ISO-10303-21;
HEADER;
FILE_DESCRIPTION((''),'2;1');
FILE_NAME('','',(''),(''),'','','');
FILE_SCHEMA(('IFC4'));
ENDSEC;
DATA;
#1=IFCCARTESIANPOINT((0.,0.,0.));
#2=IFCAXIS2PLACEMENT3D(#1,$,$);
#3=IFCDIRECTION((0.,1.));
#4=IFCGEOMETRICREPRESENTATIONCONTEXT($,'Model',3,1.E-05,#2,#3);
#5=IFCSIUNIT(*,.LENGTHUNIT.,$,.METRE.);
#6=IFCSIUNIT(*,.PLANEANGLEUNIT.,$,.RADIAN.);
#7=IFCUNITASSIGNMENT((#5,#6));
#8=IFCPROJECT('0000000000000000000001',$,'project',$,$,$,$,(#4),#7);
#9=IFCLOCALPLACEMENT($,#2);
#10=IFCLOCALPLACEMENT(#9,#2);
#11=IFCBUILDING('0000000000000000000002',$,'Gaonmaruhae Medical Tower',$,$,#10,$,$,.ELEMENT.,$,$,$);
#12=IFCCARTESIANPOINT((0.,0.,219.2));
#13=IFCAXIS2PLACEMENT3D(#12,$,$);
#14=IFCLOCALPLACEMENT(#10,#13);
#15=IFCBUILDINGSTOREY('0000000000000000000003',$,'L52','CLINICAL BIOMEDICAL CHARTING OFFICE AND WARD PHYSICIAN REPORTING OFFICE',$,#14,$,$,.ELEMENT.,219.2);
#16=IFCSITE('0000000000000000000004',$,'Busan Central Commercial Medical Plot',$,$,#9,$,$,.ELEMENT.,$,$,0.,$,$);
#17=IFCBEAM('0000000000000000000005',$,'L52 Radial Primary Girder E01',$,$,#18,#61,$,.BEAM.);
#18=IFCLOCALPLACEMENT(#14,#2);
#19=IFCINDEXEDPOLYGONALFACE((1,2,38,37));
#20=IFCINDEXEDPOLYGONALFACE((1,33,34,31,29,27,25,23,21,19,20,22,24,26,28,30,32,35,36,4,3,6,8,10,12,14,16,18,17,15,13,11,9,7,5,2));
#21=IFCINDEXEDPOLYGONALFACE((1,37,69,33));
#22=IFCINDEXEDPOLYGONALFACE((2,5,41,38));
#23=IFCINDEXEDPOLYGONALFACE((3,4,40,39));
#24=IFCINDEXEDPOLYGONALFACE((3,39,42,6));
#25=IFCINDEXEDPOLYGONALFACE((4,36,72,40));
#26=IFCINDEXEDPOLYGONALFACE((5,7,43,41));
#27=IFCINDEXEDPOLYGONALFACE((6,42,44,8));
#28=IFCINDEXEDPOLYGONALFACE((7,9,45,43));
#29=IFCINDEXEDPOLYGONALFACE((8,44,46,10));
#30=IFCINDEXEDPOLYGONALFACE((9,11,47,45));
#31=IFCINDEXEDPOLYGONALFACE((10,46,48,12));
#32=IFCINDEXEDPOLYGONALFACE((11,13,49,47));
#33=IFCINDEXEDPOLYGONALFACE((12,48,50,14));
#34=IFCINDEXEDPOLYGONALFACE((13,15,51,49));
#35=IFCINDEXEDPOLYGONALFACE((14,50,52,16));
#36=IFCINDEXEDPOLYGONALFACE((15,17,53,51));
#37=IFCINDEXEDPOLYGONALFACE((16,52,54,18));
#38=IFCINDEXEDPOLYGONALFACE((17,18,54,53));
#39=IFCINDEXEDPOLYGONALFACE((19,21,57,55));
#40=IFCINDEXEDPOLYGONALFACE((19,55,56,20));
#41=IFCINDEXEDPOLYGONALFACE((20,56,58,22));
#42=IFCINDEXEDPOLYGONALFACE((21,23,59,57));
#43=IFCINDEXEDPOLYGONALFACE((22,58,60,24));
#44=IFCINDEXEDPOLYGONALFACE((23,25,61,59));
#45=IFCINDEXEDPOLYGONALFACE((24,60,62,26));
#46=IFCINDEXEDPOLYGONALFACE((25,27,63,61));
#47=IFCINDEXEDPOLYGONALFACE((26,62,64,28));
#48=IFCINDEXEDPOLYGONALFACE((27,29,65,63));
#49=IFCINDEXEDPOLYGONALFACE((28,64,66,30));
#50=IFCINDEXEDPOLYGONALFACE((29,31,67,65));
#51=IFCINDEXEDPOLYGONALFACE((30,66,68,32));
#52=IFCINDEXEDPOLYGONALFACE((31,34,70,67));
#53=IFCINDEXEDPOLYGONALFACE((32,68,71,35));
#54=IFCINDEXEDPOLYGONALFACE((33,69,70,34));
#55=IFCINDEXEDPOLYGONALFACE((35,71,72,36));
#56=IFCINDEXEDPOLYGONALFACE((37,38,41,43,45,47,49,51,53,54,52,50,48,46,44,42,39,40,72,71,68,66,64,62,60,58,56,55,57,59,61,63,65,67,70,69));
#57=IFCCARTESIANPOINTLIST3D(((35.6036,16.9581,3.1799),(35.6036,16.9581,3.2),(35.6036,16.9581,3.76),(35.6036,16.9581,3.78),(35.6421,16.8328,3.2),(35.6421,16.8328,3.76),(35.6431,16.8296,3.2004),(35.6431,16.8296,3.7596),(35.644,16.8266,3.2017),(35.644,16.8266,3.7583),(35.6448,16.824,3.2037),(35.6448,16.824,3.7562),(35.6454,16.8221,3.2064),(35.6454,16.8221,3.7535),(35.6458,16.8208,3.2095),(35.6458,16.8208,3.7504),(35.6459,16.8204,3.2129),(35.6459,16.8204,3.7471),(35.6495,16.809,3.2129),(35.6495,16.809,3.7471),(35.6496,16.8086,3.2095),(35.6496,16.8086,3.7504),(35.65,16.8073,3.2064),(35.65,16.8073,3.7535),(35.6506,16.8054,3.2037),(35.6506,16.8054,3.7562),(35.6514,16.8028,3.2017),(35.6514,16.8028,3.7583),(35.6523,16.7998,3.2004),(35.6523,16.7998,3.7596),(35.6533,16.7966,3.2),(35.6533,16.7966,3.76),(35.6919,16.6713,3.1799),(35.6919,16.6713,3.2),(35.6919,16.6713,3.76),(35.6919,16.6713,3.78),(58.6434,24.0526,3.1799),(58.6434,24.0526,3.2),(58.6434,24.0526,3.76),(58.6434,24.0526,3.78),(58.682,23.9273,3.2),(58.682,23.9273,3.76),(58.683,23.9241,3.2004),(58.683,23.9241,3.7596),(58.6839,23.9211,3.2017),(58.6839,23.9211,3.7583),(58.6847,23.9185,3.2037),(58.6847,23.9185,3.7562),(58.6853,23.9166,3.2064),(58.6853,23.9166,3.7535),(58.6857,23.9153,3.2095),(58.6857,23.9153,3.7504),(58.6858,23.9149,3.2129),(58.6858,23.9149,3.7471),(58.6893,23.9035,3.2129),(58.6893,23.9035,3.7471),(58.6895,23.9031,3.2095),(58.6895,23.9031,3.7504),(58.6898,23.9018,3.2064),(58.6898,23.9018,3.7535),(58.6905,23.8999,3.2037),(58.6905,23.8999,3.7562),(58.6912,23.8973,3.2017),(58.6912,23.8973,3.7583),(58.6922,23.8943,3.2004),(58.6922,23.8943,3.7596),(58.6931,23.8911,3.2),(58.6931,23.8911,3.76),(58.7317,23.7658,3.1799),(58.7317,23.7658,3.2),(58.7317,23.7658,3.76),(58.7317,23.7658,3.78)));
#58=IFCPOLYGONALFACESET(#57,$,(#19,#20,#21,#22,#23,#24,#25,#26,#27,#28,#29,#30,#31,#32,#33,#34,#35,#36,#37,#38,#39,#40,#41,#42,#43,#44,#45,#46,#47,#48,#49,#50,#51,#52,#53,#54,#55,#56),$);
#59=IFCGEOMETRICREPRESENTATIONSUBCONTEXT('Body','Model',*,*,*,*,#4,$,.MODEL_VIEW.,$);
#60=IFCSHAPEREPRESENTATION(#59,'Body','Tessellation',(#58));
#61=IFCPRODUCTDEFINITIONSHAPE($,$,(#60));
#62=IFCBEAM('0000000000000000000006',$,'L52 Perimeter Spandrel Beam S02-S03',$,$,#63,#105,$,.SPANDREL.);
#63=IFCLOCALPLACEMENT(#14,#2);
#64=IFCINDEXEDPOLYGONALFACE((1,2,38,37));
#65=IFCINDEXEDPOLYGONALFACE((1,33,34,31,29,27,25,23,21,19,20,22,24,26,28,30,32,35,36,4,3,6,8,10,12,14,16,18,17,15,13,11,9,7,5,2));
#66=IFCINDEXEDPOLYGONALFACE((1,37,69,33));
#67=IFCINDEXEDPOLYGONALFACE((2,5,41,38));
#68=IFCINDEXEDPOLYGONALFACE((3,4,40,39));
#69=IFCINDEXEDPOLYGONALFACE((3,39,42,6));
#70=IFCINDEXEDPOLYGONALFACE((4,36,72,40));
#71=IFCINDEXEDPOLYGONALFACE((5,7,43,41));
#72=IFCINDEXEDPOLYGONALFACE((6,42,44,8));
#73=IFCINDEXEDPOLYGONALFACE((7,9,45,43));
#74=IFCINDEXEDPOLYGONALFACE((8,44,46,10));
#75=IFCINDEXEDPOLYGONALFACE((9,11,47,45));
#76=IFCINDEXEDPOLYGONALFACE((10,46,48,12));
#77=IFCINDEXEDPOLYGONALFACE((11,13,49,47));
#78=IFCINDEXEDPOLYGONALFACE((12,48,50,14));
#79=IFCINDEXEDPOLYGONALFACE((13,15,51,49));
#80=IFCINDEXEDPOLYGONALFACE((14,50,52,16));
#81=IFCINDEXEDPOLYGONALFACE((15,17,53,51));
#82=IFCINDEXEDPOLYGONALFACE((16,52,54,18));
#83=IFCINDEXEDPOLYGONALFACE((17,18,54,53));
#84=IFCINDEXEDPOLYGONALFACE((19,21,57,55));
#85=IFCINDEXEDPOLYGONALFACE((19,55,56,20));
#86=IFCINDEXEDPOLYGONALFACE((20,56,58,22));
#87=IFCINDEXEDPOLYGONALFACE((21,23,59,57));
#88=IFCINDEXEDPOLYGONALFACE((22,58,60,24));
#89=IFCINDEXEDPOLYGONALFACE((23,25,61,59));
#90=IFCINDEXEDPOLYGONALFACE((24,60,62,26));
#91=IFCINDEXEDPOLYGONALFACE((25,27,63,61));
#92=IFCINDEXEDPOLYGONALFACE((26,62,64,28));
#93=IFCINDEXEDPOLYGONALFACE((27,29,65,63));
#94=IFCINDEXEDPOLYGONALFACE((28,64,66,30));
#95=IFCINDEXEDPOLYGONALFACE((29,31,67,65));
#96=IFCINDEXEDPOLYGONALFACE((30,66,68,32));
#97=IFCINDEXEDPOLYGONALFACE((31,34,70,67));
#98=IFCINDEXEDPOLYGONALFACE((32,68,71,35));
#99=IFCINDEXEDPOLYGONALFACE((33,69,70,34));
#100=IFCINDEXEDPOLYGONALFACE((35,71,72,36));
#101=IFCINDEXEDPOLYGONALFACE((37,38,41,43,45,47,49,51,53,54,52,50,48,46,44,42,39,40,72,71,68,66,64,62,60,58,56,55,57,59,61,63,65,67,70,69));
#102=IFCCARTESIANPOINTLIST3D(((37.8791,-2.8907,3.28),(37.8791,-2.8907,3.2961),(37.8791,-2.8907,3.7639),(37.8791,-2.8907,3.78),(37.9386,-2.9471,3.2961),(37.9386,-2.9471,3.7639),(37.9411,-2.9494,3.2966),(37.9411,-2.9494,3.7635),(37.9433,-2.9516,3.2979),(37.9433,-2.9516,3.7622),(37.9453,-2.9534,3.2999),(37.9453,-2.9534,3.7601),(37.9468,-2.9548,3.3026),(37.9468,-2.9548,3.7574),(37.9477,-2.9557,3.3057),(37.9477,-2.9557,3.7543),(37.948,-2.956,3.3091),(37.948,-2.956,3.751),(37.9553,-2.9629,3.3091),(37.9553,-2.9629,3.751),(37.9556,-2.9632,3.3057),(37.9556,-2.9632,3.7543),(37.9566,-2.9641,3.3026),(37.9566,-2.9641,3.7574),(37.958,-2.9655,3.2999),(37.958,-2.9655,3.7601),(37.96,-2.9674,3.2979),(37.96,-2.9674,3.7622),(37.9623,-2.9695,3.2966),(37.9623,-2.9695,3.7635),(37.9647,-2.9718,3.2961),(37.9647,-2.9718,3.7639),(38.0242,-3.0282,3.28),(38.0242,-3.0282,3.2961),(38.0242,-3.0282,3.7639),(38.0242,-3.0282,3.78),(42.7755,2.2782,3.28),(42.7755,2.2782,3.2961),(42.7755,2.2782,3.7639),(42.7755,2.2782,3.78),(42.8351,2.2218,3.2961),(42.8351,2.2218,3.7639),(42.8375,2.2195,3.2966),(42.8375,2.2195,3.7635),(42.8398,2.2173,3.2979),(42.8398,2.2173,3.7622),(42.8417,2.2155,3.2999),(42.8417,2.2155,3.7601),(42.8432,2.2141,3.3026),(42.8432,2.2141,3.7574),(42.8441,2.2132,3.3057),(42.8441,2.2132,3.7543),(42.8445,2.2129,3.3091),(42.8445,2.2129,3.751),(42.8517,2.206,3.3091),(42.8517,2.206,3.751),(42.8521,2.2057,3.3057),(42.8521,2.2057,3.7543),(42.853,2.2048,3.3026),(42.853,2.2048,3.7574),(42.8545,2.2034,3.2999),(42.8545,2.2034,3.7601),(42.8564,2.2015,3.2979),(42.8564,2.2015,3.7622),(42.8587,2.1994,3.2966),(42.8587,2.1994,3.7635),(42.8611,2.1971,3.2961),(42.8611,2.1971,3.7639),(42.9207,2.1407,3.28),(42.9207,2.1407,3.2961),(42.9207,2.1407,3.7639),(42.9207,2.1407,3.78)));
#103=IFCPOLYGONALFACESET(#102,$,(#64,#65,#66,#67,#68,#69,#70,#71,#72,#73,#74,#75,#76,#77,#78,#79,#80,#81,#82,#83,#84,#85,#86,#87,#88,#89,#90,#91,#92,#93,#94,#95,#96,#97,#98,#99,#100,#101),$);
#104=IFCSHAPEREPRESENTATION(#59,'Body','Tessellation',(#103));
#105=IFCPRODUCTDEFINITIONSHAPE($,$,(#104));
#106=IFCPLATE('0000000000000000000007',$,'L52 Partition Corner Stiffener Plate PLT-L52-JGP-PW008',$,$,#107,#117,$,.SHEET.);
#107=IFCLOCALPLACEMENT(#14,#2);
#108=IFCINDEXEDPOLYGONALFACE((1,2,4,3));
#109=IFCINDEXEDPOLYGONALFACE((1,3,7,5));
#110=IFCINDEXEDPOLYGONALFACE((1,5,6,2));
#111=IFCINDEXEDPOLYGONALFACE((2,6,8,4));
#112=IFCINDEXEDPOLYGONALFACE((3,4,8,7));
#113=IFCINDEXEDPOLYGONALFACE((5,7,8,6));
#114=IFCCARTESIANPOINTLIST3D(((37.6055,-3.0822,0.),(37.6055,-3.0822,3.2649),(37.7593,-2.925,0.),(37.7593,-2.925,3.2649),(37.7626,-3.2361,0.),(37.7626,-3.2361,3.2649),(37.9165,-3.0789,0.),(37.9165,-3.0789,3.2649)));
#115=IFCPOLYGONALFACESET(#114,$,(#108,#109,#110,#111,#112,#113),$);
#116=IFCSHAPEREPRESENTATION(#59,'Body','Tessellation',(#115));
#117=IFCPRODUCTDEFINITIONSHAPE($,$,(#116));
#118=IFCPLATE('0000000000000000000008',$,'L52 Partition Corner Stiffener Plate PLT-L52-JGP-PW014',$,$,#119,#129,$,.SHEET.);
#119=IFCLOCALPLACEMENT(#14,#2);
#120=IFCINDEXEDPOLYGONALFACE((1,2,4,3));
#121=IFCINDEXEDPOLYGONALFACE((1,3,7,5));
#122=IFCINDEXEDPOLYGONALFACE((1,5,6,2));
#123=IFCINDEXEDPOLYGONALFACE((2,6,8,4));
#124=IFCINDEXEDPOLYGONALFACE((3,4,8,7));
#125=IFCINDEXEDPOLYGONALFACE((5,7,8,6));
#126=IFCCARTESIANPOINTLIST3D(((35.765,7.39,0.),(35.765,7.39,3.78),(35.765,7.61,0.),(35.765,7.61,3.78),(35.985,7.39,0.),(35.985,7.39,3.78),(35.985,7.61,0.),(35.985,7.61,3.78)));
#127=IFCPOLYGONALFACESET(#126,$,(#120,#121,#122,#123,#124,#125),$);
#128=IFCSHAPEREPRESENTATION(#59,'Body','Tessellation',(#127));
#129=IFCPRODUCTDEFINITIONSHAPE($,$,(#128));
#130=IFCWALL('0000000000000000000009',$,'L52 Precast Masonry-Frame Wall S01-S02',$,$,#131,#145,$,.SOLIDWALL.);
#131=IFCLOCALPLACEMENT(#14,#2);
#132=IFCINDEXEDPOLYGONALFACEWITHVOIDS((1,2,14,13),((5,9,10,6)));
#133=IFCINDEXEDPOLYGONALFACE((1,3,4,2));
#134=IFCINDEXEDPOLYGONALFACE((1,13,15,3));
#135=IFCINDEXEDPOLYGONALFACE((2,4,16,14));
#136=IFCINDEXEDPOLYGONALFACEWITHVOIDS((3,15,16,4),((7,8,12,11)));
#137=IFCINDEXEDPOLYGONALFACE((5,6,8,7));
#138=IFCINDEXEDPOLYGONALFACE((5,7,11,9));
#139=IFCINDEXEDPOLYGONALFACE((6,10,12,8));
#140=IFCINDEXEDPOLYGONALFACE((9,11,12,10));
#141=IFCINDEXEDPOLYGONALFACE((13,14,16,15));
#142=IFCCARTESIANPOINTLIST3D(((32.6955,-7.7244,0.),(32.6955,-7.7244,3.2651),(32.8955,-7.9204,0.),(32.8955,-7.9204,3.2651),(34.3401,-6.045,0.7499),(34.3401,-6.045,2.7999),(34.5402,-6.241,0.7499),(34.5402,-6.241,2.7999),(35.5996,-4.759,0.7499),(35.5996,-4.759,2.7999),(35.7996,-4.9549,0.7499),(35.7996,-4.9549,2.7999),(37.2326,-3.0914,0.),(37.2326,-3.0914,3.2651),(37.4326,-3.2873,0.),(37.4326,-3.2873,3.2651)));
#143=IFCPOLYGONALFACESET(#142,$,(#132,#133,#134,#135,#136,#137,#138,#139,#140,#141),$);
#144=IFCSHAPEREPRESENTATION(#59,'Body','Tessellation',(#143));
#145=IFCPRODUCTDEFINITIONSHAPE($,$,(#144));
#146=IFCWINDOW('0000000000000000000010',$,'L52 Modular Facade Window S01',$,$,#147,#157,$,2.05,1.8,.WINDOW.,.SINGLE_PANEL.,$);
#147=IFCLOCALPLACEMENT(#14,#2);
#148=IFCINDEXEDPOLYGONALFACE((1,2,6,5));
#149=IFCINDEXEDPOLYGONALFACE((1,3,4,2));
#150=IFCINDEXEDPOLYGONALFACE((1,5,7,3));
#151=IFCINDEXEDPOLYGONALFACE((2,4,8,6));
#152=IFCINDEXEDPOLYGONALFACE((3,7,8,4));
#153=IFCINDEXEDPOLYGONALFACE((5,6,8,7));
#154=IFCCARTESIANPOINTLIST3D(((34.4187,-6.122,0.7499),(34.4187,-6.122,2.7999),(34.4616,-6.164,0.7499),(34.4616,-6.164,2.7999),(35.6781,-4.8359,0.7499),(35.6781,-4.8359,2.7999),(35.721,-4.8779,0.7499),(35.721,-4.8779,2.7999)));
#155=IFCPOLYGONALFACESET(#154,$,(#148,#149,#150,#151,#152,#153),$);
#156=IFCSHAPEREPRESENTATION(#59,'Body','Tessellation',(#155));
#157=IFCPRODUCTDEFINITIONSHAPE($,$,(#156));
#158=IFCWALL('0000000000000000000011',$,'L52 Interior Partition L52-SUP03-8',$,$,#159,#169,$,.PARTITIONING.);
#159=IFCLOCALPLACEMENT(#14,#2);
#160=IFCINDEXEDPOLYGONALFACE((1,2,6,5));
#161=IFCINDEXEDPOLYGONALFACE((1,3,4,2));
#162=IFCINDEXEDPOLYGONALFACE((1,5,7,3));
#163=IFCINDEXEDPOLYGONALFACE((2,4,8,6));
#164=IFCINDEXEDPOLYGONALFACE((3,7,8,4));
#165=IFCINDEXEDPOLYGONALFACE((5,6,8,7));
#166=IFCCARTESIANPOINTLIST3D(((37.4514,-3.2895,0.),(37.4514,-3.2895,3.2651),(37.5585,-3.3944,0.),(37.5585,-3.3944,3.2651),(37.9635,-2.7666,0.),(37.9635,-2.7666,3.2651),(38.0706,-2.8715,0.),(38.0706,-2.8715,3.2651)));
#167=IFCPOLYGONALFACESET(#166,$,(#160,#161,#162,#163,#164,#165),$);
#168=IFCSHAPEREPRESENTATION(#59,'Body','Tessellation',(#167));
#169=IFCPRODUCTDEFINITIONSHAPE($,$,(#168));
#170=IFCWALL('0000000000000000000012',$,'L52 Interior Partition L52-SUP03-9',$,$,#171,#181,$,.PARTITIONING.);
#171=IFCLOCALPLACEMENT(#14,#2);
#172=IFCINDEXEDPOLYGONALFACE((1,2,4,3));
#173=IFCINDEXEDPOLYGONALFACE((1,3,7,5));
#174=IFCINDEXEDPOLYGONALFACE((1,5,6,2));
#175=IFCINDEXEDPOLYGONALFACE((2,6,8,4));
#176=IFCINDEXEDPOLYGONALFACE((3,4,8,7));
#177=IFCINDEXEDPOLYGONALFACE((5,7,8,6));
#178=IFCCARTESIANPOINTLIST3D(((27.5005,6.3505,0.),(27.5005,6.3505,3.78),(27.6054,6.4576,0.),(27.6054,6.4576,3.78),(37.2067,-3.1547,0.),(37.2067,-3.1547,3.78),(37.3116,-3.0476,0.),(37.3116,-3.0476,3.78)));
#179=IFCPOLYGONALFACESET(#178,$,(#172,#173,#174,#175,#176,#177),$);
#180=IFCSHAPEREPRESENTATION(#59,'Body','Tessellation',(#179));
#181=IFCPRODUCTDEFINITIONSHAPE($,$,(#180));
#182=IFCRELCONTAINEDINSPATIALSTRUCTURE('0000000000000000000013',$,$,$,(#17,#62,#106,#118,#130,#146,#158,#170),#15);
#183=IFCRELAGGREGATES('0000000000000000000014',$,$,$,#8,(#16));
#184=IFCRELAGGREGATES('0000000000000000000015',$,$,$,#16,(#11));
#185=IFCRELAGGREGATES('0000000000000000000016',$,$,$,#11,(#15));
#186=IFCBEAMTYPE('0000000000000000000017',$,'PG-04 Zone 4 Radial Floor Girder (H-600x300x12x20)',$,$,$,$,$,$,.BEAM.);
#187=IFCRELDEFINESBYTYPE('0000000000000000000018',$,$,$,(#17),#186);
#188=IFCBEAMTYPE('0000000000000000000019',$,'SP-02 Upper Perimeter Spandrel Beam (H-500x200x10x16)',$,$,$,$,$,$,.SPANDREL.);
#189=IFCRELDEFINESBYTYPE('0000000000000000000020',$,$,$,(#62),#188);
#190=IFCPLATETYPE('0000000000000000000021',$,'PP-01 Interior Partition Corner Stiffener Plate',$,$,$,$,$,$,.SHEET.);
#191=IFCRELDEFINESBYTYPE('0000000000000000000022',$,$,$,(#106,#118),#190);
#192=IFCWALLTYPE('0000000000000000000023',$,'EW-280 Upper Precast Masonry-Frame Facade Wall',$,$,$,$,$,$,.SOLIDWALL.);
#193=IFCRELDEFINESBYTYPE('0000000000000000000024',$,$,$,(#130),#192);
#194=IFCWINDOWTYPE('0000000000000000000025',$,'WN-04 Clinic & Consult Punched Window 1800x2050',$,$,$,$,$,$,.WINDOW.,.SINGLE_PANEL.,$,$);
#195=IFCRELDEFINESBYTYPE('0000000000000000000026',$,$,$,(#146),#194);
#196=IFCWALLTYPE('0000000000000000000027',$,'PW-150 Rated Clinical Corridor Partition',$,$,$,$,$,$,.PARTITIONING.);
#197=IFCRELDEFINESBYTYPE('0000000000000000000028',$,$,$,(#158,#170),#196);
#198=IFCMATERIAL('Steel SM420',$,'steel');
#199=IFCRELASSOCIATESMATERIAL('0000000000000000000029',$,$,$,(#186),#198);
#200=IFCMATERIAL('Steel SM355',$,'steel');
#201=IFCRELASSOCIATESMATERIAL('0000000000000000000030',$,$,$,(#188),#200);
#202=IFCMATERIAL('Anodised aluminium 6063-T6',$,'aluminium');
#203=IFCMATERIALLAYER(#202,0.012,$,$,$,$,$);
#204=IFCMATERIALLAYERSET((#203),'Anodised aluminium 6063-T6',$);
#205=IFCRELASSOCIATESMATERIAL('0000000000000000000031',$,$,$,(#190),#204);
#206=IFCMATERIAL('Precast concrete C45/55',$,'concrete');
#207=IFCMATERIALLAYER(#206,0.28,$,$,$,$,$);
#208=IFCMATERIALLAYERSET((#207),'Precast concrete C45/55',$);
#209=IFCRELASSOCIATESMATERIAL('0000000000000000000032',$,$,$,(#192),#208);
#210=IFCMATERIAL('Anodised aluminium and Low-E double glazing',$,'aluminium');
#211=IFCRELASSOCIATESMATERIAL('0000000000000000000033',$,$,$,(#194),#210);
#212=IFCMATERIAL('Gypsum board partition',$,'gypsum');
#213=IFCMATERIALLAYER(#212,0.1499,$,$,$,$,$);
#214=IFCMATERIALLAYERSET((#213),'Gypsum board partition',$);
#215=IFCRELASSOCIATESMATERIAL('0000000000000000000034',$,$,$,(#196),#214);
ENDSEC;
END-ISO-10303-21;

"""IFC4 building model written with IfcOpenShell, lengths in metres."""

from ifc_helpers import new_model, si_unit, direction, frame, frame_2d, origin, origin_2d, place, context, subcontext, project, spatial, rectangle, i_section, extrude, material, layer, layer_set, material_profile, profile_set, type_object, element, fill, save


model = new_model("IFC4")

# Units and contexts
model_context = context("Model", 3, precision=1e-05, world=origin(), true_north=direction((0.0, 1.0)))
body_context = subcontext(model_context, "Body", "Model", "MODEL_VIEW")
ifc_project = project(units=[si_unit("LENGTHUNIT", "METRE"), si_unit("PLANEANGLEUNIT", "RADIAN")], contexts=[model_context])

# Site, building, storey
site_placement = place(None, origin())
site = spatial("IfcSite", under=ifc_project, at=site_placement, Name="Busan Central Commercial Medical Plot", CompositionType="ELEMENT", RefElevation=0.0)
building_placement = place(site_placement, origin())
building = spatial("IfcBuilding", under=site, at=building_placement, Name="Gaonmaruhae Medical Tower", CompositionType="ELEMENT")
storey_placement = place(building_placement, frame((0.0, 0.0, 219.2)))
storey = spatial("IfcBuildingStorey", under=building, at=storey_placement, Name="L52", Description="CLINICAL BIOMEDICAL CHARTING OFFICE AND WARD PHYSICIAN REPORTING OFFICE", CompositionType="ELEMENT", Elevation=219.2)

# Beams
ifc_material_1 = material(Name="Steel SM355", Category="steel")
ifc_material_2 = material(Name="Steel SM420", Category="steel")
ifc_material_profile_1 = material_profile(ifc_material_2, i_section(OverallWidth=0.3, OverallDepth=0.6001, WebThickness=0.012, FlangeThickness=0.02, FilletRadius=0.0129, at=origin_2d()), Name="H-600x300x12x20")
ifc_profile_set_1 = profile_set([ifc_material_profile_1], Name="Steel SM420")
beam_type_1 = type_object("IfcBeamType", Name="PG-04 Zone 4 Radial Floor Girder (H-600x300x12x20)", PredefinedType="BEAM", material=ifc_profile_set_1)
beam_1_placement = place(storey_placement, frame((35.6477, 16.8147, 3.48), z_axis=(0.955717, 0.294287, 0.0), x_axis=(-0.294287, 0.955717, 0.0)))
element("IfcBeam", 1, at=beam_1_placement, inside=storey, type_object=beam_type_1, Name="L52 Radial Primary Girder E01", PredefinedType="BEAM", context=body_context, shape_type="SweptSolid", body=[
    extrude(i_section(OverallWidth=0.3, OverallDepth=0.6001, WebThickness=0.012, FlangeThickness=0.02, FilletRadius=0.0129, at=origin_2d()), origin(), (0.0, 0.0, 1.0), 24.1074),
])
ifc_material_profile_2 = material_profile(ifc_material_1, i_section(OverallWidth=0.2, OverallDepth=0.5, WebThickness=0.01, FlangeThickness=0.0161, FilletRadius=0.0129, at=origin_2d()), Name="H-500x200x10x16")
ifc_profile_set_2 = profile_set([ifc_material_profile_2], Name="Steel SM355")
beam_type_2 = type_object("IfcBeamType", Name="SP-02 Upper Perimeter Spandrel Beam (H-500x200x10x16)", PredefinedType="SPANDREL", material=ifc_profile_set_2)
beam_2_placement = place(storey_placement, frame((37.9517, -2.9595, 3.53), z_axis=(0.687714, 0.725982, 0.0), x_axis=(-0.725982, 0.687714, 0.0)))
element("IfcBeam", 2, at=beam_2_placement, inside=storey, type_object=beam_type_2, Name="L52 Perimeter Spandrel Beam S02-S03", PredefinedType="SPANDREL", context=body_context, shape_type="SweptSolid", body=[
    extrude(i_section(OverallWidth=0.2, OverallDepth=0.5, WebThickness=0.01, FlangeThickness=0.0161, FilletRadius=0.0129, at=origin_2d()), origin(), (0.0, 0.0, 1.0), 7.1199),
])

# Plates
ifc_material_3 = material(Name="Anodised aluminium 6063-T6", Category="aluminium")
ifc_layer_1 = layer(ifc_material_3, 0.012)
ifc_layer_set_1 = layer_set([ifc_layer_1], Name="Anodised aluminium 6063-T6")
plate_type = type_object("IfcPlateType", Name="PP-01 Interior Partition Corner Stiffener Plate", PredefinedType="SHEET", material=ifc_layer_set_1)
plate_1_placement = place(storey_placement, frame((37.761, -3.0806, 0.0), z_axis=(0.0, 0.0, 1.0), x_axis=(-0.699551, -0.714583, 0.0)))
element("IfcPlate", 3, at=plate_1_placement, inside=storey, type_object=plate_type, Name="L52 Partition Corner Stiffener Plate PLT-L52-JGP-PW008", PredefinedType="SHEET", context=body_context, shape_type="SweptSolid", body=[
    extrude(rectangle(XDim=0.22, YDim=0.22, at=origin_2d()), origin(), (0.0, 0.0, 1.0), 3.2649),
])
plate_2_placement = place(storey_placement, frame((35.875, 7.5, 0.0), z_axis=(0.0, 0.0, 1.0), x_axis=(1.0, 0.0, 0.0)))
element("IfcPlate", 4, at=plate_2_placement, inside=storey, type_object=plate_type, Name="L52 Partition Corner Stiffener Plate PLT-L52-JGP-PW014", PredefinedType="SHEET", context=body_context, shape_type="SweptSolid", body=[
    extrude(rectangle(XDim=0.22, YDim=0.22, at=origin_2d()), origin(), (0.0, 0.0, 1.0), 3.78),
])

# Wall, opening, window
ifc_material_4 = material(Name="Precast concrete C45/55", Category="concrete")
ifc_layer_2 = layer(ifc_material_4, 0.28)
ifc_layer_set_2 = layer_set([ifc_layer_2], Name="Precast concrete C45/55")
wall_type_1 = type_object("IfcWallType", Name="EW-280 Upper Precast Masonry-Frame Facade Wall", PredefinedType="SOLIDWALL", material=ifc_layer_set_2)
wall_1_placement = place(storey_placement, frame((37.3325, -3.1895, 0.0), z_axis=(0.0, 0.0, 1.0), x_axis=(-0.69967, -0.714466, 0.0)))
wall_1 = element("IfcWall", 5, at=wall_1_placement, inside=storey, type_object=wall_type_1, Name="L52 Precast Masonry-Frame Wall S01-S02", PredefinedType="SOLIDWALL", context=body_context, shape_type="SweptSolid", body=[
    extrude(rectangle(XDim=6.4846, YDim=0.28, at=frame_2d((3.2422, 0.0))), origin(), (0.0, 0.0, 1.0), 3.2651),
])
opening_1_placement = place(wall_1_placement, frame((2.334, 0.0, 0.75)))
opening_1 = element("IfcOpeningElement", 6, at=opening_1_placement, cuts=wall_1, PredefinedType="OPENING", context=body_context, shape_type="SweptSolid", body=[
    extrude(rectangle(XDim=1.8, YDim=2.05, at=frame_2d((0.8999, 1.0249))), frame((0.0, 0.1499, 0.0), z_axis=(0.0, -1.0, 0.0), x_axis=(1.0, 0.0, 0.0)), (0.0, 0.0, 1.0), 0.3),
])
ifc_material_5 = material(Name="Anodised aluminium and Low-E double glazing", Category="aluminium")
window_type = type_object("IfcWindowType", Name="WN-04 Clinic & Consult Punched Window 1800x2050", PartitioningType="SINGLE_PANEL", PredefinedType="WINDOW", material=ifc_material_5)
window_placement = place(opening_1_placement, origin())
window = element("IfcWindow", 7, at=window_placement, inside=storey, type_object=window_type, Name="L52 Modular Facade Window S01", OverallHeight=2.05, OverallWidth=1.8, PartitioningType="SINGLE_PANEL", PredefinedType="WINDOW", context=body_context, shape_type="SweptSolid", body=[
    extrude(rectangle(XDim=1.8, YDim=2.05, at=frame_2d((0.8999, 1.0249))), frame((0.0, 0.03, 0.0), z_axis=(0.0, -1.0, 0.0), x_axis=(1.0, 0.0, 0.0)), (0.0, 0.0, 1.0), 0.0601),
])
fill(opening_1, window)

# Walls
ifc_material_6 = material(Name="Gypsum board partition", Category="gypsum")
ifc_layer_3 = layer(ifc_material_6, 0.1499)
ifc_layer_set_3 = layer_set([ifc_layer_3], Name="Gypsum board partition")
wall_type_2 = type_object("IfcWallType", Name="PW-150 Rated Clinical Corridor Partition", PredefinedType="PARTITIONING", material=ifc_layer_set_3)
wall_2_placement = place(storey_placement, frame((38.0171, -2.8191, 0.0), z_axis=(0.0, 0.0, 1.0), x_axis=(-0.699731, -0.714406, 0.0)))
element("IfcWall", 8, at=wall_2_placement, inside=storey, type_object=wall_type_2, Name="L52 Interior Partition L52-SUP03-8", PredefinedType="PARTITIONING", context=body_context, shape_type="SweptSolid", body=[
    extrude(rectangle(XDim=0.7319, YDim=0.1499, at=frame_2d((0.366, 0.0))), origin(), (0.0, 0.0, 1.0), 3.2651),
])
wall_3_placement = place(storey_placement, frame((37.259, -3.1011, 0.0), z_axis=(0.0, 0.0, 1.0), x_axis=(-0.714463, 0.699673, 0.0)))
element("IfcWall", 9, at=wall_3_placement, inside=storey, type_object=wall_type_2, Name="L52 Interior Partition L52-SUP03-9", PredefinedType="PARTITIONING", context=body_context, shape_type="SweptSolid", body=[
    extrude(rectangle(XDim=13.5852, YDim=0.1499, at=frame_2d((6.7925, 0.0))), origin(), (0.0, 0.0, 1.0), 3.78),
])

save(model, "model.ifc")
